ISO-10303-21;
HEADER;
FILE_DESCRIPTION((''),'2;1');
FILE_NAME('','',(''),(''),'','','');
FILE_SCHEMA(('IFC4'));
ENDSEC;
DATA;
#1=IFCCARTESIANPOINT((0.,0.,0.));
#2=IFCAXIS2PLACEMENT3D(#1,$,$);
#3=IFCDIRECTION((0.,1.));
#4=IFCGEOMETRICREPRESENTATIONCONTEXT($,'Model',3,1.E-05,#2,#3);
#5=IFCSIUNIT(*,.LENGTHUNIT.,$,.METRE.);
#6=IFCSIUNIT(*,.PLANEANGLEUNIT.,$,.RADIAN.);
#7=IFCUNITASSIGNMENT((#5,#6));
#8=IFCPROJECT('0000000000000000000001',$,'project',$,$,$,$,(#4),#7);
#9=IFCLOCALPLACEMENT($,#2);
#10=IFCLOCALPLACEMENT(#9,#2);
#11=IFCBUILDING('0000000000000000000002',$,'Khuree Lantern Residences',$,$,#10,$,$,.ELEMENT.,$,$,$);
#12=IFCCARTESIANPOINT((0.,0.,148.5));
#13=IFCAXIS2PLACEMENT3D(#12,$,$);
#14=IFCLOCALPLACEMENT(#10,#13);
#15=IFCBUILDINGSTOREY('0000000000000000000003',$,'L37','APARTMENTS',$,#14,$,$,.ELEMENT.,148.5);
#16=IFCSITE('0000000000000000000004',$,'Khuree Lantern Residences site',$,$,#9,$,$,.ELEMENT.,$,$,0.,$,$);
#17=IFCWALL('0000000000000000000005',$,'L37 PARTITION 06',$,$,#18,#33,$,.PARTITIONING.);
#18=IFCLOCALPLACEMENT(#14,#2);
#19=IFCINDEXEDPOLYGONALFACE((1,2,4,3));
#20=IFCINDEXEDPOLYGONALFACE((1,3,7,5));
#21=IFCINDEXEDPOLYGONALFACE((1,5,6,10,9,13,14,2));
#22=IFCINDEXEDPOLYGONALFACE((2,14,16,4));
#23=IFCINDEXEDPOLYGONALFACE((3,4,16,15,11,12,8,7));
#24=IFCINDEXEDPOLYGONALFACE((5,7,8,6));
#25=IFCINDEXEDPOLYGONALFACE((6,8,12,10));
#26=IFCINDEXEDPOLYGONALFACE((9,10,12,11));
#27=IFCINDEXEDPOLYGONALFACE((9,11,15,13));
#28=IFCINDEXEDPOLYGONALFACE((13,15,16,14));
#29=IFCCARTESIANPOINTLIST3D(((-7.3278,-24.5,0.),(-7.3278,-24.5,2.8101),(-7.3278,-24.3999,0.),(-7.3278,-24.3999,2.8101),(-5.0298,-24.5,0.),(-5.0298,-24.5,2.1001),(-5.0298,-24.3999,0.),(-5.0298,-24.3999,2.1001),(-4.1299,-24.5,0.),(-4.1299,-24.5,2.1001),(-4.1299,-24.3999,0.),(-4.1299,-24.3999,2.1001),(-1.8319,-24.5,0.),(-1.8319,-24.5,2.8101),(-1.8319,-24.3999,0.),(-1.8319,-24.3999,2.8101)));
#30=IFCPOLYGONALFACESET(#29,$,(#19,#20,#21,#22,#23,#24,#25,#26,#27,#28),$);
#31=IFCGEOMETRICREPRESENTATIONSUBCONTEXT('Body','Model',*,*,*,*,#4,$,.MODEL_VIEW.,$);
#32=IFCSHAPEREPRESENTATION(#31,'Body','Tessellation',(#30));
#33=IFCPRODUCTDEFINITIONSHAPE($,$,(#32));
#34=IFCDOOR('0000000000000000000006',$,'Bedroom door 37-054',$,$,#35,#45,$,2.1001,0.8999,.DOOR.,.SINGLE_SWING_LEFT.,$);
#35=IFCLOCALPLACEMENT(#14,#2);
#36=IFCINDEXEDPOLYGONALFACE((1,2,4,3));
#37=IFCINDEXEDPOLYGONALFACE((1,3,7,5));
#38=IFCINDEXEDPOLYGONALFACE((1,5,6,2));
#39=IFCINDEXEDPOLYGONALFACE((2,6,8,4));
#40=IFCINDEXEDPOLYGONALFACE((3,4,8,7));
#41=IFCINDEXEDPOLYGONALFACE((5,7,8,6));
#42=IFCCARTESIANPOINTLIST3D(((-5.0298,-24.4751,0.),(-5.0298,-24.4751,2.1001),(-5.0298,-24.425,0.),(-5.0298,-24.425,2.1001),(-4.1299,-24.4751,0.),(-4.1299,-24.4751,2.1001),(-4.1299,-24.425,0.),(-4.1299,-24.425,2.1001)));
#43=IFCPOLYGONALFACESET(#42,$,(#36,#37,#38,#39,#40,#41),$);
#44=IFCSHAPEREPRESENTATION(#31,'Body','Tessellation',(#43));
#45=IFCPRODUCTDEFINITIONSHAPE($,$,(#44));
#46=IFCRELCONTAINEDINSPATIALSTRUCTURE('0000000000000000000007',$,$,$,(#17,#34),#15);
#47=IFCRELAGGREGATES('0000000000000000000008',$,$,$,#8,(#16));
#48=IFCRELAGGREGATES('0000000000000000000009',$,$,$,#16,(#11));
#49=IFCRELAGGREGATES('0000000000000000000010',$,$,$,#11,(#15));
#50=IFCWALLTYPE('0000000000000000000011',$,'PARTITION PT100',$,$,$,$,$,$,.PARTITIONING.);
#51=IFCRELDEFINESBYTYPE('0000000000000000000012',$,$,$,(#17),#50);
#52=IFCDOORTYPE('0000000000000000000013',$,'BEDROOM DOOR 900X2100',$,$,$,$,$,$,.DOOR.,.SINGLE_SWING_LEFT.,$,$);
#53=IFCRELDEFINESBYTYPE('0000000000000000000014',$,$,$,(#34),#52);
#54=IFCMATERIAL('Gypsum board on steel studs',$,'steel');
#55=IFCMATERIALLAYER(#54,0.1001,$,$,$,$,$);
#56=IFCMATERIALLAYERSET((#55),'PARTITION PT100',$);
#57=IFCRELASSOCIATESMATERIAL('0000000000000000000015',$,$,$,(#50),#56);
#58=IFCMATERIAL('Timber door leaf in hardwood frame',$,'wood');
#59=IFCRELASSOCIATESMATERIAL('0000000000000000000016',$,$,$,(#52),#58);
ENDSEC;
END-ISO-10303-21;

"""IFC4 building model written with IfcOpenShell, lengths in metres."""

from ifc_helpers import new_model, si_unit, direction, frame, frame_2d, origin, place, context, subcontext, project, spatial, rectangle, extrude, material, layer, layer_set, type_object, element, fill, save


model = new_model("IFC4")

# Units and contexts
model_context = context("Model", 3, precision=1e-05, world=origin(), true_north=direction((0.0, 1.0)))
body_context = subcontext(model_context, "Body", "Model", "MODEL_VIEW")
ifc_project = project(units=[si_unit("LENGTHUNIT", "METRE"), si_unit("PLANEANGLEUNIT", "RADIAN")], contexts=[model_context])

# Site, building, storey
site_placement = place(None, origin())
site = spatial("IfcSite", under=ifc_project, at=site_placement, Name="Khuree Lantern Residences site", CompositionType="ELEMENT", RefElevation=0.0)
building_placement = place(site_placement, origin())
building = spatial("IfcBuilding", under=site, at=building_placement, Name="Khuree Lantern Residences", CompositionType="ELEMENT")
storey_placement = place(building_placement, frame((0.0, 0.0, 148.5)))
storey = spatial("IfcBuildingStorey", under=building, at=storey_placement, Name="L37", Description="APARTMENTS", CompositionType="ELEMENT", Elevation=148.5)

# Shared definitions
ifc_material_1 = material(Name="Gypsum board on steel studs", Category="steel")
ifc_layer_1 = layer(ifc_material_1, 0.1001)
ifc_layer_set_1 = layer_set([ifc_layer_1], Name="PARTITION PT100")
wall_type_1 = type_object("IfcWallType", Name="PARTITION PT100", PredefinedType="PARTITIONING", material=ifc_layer_set_1)

# Wall, opening, door
ifc_material_2 = material(Name="Timber door leaf in hardwood frame", Category="wood")
door_type = type_object("IfcDoorType", Name="BEDROOM DOOR 900X2100", OperationType="SINGLE_SWING_LEFT", PredefinedType="DOOR", material=ifc_material_2)
wall_1_placement = place(storey_placement, frame((-7.3279, -24.45, 0.0), z_axis=(0.0, 0.0, 1.0), x_axis=(1.0, 0.0, 0.0)))
wall_1 = element("IfcWall", 1, at=wall_1_placement, inside=storey, type_object=wall_type_1, Name="L37 PARTITION 06", PredefinedType="PARTITIONING", context=body_context, shape_type="SweptSolid", body=[
    extrude(rectangle(XDim=5.4958, YDim=0.1001, at=frame_2d((2.748, 0.0))), origin(), (0.0, 0.0, 1.0), 2.8101),
])
opening_1_placement = place(wall_1_placement, frame((2.2981, 0.0, 0.0)))
opening_1 = element("IfcOpeningElement", 2, at=opening_1_placement, cuts=wall_1, PredefinedType="OPENING", context=body_context, shape_type="SweptSolid", body=[
    extrude(rectangle(XDim=0.8999, YDim=2.1001, at=frame_2d((0.45, 1.05))), frame((0.0, 0.0601, 0.0), z_axis=(0.0, -1.0, 0.0), x_axis=(1.0, 0.0, 0.0)), (0.0, 0.0, 1.0), 0.1201),
])
door_1_placement = place(opening_1_placement, origin())
door_1 = element("IfcDoor", 3, at=door_1_placement, inside=storey, type_object=door_type, Name="Bedroom door 37-054", OperationType="SINGLE_SWING_LEFT", OverallHeight=2.1001, OverallWidth=0.8999, PredefinedType="DOOR", context=body_context, shape_type="SweptSolid", body=[
    extrude(rectangle(XDim=0.8999, YDim=2.1001, at=frame_2d((0.45, 1.05))), frame((0.0, 0.0249, 0.0), z_axis=(0.0, -1.0, 0.0), x_axis=(1.0, 0.0, 0.0)), (0.0, 0.0, 1.0), 0.05),
])
fill(opening_1, door_1)

save(model, "model.ifc")
